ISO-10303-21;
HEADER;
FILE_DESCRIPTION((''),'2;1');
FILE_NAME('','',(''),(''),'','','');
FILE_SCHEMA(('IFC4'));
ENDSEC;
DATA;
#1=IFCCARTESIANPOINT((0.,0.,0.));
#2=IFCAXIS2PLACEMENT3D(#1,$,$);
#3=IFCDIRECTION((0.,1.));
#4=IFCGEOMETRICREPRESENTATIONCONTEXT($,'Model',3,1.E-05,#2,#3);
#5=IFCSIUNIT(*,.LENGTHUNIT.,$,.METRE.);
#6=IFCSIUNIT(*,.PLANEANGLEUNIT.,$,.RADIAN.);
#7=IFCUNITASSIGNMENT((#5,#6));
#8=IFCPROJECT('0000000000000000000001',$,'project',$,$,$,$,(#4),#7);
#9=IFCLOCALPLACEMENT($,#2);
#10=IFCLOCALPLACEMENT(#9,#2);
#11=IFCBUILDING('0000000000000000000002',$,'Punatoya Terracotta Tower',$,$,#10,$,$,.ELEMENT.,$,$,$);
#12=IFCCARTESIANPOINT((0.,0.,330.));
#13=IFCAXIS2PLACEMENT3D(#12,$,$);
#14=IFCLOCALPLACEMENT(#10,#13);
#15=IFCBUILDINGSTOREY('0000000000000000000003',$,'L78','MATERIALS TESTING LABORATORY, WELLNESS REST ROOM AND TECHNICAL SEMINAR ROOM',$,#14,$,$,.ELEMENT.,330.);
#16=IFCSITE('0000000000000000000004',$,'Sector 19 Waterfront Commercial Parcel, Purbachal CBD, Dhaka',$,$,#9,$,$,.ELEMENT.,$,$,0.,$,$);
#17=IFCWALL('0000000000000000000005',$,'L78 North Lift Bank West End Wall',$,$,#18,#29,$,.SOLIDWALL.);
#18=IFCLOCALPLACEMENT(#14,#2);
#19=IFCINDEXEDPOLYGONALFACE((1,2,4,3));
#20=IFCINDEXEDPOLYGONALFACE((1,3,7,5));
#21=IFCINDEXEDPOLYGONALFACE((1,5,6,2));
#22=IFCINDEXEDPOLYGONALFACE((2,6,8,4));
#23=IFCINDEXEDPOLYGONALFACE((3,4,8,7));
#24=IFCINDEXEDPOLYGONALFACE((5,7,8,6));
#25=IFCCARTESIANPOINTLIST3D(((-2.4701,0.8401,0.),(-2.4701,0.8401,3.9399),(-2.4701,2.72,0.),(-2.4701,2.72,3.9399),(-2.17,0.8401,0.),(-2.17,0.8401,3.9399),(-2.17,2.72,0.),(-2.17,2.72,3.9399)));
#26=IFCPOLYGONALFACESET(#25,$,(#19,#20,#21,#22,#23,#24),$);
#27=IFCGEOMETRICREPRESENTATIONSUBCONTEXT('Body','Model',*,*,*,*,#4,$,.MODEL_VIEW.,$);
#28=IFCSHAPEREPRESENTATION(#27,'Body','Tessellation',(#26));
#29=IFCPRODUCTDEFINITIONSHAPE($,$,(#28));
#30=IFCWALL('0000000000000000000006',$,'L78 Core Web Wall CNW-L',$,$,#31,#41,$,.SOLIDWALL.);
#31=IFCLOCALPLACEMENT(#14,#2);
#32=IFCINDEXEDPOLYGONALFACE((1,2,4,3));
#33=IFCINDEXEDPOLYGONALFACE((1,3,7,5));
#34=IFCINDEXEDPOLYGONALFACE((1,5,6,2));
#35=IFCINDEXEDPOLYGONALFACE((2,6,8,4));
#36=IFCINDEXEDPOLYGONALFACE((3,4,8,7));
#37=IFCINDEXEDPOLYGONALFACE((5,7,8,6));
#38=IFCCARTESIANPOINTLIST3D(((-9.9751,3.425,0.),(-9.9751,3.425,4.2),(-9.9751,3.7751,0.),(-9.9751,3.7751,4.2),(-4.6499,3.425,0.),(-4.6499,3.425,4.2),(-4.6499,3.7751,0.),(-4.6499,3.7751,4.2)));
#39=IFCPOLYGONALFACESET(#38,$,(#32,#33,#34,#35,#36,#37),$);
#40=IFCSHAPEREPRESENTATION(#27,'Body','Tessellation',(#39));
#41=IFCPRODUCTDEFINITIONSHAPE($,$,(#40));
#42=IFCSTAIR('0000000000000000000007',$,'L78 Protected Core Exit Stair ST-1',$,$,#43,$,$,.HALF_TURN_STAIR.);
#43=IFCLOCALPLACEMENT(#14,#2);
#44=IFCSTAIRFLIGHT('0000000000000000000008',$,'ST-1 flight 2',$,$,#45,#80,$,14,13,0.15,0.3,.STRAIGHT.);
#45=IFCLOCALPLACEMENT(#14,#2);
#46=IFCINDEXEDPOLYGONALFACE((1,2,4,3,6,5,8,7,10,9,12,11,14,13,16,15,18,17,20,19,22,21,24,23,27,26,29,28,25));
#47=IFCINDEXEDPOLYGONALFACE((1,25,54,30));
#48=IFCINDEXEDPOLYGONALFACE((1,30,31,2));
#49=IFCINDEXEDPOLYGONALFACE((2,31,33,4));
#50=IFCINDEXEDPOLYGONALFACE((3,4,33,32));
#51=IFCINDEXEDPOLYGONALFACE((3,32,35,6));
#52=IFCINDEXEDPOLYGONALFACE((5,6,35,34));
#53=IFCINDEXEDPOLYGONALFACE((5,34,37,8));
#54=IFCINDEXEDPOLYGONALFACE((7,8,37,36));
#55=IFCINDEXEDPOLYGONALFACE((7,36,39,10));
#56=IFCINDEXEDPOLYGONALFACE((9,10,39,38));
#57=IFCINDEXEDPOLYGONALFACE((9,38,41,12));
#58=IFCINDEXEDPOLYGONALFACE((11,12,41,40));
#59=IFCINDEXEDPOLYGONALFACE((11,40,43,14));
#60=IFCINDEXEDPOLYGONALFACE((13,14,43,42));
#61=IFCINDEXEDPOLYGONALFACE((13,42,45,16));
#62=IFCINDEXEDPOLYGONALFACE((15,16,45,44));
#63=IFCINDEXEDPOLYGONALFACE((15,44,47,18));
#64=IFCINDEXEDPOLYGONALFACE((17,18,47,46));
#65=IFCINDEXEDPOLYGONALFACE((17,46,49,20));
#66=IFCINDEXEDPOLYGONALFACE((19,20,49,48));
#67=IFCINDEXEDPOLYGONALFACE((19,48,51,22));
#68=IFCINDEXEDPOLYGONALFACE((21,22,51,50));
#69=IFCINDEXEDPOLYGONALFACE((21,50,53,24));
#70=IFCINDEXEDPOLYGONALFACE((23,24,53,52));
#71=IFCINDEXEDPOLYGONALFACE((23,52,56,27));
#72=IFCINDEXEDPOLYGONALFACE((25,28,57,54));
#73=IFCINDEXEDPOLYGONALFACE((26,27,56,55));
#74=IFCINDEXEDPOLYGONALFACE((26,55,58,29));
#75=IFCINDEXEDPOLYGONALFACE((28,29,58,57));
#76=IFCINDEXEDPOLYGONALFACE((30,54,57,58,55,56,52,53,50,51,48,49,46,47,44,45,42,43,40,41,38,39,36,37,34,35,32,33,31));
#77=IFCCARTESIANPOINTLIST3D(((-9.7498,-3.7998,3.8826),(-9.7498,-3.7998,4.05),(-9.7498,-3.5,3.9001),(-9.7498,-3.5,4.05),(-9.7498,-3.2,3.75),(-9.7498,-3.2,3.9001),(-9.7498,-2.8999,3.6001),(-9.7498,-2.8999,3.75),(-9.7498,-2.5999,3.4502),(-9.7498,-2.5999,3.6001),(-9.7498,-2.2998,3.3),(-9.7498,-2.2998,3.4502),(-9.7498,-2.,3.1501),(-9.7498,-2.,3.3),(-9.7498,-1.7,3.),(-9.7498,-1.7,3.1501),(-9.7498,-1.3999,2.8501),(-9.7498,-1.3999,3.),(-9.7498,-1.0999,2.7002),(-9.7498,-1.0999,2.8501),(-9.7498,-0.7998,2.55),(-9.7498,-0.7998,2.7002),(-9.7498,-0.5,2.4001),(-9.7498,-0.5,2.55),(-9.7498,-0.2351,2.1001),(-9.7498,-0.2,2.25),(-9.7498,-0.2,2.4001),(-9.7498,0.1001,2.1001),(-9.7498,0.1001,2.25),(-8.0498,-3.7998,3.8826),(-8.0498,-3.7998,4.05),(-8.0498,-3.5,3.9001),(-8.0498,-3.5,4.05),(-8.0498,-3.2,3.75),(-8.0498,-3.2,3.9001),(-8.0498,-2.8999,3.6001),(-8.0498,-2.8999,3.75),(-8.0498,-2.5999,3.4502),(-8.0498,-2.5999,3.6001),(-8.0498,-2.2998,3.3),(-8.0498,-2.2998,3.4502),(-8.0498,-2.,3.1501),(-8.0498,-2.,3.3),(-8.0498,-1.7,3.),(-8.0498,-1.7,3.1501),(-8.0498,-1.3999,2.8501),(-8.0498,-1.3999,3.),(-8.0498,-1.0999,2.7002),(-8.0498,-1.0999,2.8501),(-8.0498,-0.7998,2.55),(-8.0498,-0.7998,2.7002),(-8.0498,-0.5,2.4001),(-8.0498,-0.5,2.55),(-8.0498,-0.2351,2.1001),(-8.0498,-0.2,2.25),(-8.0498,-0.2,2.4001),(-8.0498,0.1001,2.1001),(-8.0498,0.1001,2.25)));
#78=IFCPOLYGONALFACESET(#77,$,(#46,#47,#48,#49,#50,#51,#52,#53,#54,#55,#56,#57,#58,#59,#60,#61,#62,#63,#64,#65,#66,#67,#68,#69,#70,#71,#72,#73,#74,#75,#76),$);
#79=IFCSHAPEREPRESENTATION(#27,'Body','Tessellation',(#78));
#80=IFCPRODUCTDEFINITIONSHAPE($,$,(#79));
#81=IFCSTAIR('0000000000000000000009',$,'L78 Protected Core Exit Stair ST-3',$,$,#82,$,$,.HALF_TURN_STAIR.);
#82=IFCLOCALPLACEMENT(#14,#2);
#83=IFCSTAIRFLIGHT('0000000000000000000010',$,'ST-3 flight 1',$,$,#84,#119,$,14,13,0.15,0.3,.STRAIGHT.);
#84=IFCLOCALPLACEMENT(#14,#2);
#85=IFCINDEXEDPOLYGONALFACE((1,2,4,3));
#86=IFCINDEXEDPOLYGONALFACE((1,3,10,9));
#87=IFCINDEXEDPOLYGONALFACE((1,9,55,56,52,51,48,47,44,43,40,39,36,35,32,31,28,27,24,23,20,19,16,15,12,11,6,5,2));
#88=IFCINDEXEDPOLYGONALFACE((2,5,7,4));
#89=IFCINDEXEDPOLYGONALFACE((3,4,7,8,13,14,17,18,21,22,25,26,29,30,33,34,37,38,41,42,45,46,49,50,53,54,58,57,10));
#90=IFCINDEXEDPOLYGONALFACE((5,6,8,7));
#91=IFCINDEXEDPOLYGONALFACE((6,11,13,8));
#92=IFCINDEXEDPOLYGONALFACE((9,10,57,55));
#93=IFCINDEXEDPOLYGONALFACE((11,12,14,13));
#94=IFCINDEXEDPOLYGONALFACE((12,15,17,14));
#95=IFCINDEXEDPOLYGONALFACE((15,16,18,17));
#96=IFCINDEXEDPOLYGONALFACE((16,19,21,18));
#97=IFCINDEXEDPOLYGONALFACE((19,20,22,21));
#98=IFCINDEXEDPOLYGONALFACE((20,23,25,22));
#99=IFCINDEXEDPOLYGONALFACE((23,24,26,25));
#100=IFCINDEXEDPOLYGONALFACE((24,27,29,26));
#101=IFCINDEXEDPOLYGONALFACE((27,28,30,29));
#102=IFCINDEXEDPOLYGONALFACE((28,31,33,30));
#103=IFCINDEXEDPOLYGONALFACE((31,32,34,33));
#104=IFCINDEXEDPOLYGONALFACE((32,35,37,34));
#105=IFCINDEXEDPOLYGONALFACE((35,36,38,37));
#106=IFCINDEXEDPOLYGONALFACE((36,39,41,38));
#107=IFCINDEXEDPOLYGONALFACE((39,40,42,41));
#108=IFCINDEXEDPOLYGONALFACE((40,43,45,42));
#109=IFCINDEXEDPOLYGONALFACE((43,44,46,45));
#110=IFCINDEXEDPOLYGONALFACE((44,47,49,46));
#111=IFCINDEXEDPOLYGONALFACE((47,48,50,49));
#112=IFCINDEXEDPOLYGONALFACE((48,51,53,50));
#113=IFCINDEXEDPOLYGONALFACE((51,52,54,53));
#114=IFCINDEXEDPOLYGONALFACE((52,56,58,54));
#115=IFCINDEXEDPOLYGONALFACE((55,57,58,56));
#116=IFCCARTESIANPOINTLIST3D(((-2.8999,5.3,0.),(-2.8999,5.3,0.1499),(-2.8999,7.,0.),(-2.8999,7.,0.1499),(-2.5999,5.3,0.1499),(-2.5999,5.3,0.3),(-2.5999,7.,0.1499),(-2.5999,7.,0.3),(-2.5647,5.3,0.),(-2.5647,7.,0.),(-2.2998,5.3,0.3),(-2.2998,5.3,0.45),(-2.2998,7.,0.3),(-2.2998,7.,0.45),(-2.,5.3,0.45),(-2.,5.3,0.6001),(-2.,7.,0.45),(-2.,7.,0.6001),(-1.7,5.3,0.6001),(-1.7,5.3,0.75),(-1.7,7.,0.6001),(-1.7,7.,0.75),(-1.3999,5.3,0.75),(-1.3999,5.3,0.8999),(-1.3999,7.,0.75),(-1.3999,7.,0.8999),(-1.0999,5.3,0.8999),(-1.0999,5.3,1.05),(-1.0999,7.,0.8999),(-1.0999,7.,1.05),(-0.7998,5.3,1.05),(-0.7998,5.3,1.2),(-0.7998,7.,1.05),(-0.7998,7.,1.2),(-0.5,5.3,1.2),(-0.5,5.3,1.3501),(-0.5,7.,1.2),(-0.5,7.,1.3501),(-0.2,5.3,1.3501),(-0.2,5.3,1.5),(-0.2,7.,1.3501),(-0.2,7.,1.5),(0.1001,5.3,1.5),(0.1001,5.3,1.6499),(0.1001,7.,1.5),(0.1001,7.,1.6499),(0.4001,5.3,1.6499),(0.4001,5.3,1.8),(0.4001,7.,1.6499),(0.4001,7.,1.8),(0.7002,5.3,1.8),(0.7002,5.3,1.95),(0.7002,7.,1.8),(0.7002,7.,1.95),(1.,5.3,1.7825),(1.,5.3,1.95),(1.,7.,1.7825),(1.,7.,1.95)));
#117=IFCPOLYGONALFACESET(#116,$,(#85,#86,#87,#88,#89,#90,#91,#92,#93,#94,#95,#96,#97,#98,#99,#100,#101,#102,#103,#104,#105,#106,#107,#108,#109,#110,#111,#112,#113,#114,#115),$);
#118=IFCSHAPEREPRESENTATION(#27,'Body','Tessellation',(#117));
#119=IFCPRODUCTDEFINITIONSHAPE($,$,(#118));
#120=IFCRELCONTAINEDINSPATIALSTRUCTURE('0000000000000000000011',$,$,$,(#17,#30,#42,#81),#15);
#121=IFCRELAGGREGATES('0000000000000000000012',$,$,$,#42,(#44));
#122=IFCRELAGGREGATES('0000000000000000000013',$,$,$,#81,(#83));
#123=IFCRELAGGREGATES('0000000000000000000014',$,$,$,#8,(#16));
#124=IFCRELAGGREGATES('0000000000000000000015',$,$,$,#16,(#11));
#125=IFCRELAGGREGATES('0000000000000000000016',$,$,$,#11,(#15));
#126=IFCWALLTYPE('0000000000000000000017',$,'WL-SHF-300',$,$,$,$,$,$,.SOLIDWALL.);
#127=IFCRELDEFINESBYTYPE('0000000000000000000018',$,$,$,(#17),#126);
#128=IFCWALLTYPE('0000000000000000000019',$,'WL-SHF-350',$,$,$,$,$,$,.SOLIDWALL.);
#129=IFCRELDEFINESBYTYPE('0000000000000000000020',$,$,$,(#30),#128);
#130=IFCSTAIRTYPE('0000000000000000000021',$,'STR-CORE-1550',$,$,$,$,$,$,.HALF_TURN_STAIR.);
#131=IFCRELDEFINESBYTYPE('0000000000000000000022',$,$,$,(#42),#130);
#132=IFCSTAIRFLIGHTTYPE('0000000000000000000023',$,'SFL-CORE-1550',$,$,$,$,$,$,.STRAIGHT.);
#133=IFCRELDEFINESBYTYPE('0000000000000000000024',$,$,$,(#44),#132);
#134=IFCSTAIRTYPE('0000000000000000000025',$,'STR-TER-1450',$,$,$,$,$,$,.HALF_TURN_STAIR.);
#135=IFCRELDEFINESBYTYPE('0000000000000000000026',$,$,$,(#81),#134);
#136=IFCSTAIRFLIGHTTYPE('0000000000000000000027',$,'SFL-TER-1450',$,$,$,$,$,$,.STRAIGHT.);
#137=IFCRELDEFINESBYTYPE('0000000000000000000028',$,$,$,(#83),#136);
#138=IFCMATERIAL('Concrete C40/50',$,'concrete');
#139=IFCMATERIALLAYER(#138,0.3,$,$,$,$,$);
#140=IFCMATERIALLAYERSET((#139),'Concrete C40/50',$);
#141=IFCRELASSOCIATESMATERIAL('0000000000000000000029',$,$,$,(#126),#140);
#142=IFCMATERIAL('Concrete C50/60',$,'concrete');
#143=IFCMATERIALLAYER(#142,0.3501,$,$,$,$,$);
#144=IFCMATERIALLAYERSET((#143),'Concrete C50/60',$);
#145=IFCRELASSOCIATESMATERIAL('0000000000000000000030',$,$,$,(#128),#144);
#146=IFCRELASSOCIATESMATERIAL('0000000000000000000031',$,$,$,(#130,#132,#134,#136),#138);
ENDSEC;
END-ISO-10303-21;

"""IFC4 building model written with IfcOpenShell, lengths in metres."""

from ifc_helpers import new_model, si_unit, direction, frame, frame_2d, origin, place, context, subcontext, project, spatial, polyline, rectangle, outline, extrude, material, layer, layer_set, type_object, element, aggregate, save


model = new_model("IFC4")

# Units and contexts
model_context = context("Model", 3, precision=1e-05, world=origin(), true_north=direction((0.0, 1.0)))
body_context = subcontext(model_context, "Body", "Model", "MODEL_VIEW")
ifc_project = project(units=[si_unit("LENGTHUNIT", "METRE"), si_unit("PLANEANGLEUNIT", "RADIAN")], contexts=[model_context])

# Site, building, storey
site_placement = place(None, origin())
site = spatial("IfcSite", under=ifc_project, at=site_placement, Name="Sector 19 Waterfront Commercial Parcel, Purbachal CBD, Dhaka", CompositionType="ELEMENT", RefElevation=0.0)
building_placement = place(site_placement, origin())
building = spatial("IfcBuilding", under=site, at=building_placement, Name="Punatoya Terracotta Tower", CompositionType="ELEMENT")
storey_placement = place(building_placement, frame((0.0, 0.0, 330.0)))
storey = spatial("IfcBuildingStorey", under=building, at=storey_placement, Name="L78", Description="MATERIALS TESTING LABORATORY, WELLNESS REST ROOM AND TECHNICAL SEMINAR ROOM", CompositionType="ELEMENT", Elevation=330.0)

# Shared definitions
ifc_material_1 = material(Name="Concrete C50/60", Category="concrete")

# Shared definitions
ifc_material_2 = material(Name="Concrete C40/50", Category="concrete")

# Shared definitions
ifc_layer_1 = layer(ifc_material_2, 0.3)
ifc_layer_set_1 = layer_set([ifc_layer_1], Name="Concrete C40/50")
wall_type_1 = type_object("IfcWallType", Name="WL-SHF-300", PredefinedType="SOLIDWALL", material=ifc_layer_set_1)

# Walls
wall_1_placement = place(storey_placement, frame((-2.3201, 0.8401, 0.0), z_axis=(0.0, 0.0, 1.0), x_axis=(0.0, 1.0, 0.0)))
element("IfcWall", 1, at=wall_1_placement, inside=storey, type_object=wall_type_1, Name="L78 North Lift Bank West End Wall", PredefinedType="SOLIDWALL", context=body_context, shape_type="SweptSolid", body=[
    extrude(rectangle(XDim=1.8799, YDim=0.3, at=frame_2d((0.9399, 0.0))), origin(), (0.0, 0.0, 1.0), 3.9399),
])
ifc_layer_2 = layer(ifc_material_1, 0.3501)
ifc_layer_set_2 = layer_set([ifc_layer_2], Name="Concrete C50/60")
wall_type_2 = type_object("IfcWallType", Name="WL-SHF-350", PredefinedType="SOLIDWALL", material=ifc_layer_set_2)
wall_2_placement = place(storey_placement, frame((-9.9751, 3.6001, 0.0), z_axis=(0.0, 0.0, 1.0), x_axis=(1.0, 0.0, 0.0)))
element("IfcWall", 2, at=wall_2_placement, inside=storey, type_object=wall_type_2, Name="L78 Core Web Wall CNW-L", PredefinedType="SOLIDWALL", context=body_context, shape_type="SweptSolid", body=[
    extrude(rectangle(XDim=5.3252, YDim=0.3501, at=frame_2d((2.6626, 0.0))), origin(), (0.0, 0.0, 1.0), 4.2),
])

# Stairs, stair flights
stair_type_1 = type_object("IfcStairType", Name="STR-CORE-1550", PredefinedType="HALF_TURN_STAIR", material=ifc_material_2)
stair_1_placement = place(storey_placement, origin())
stair_1 = element("IfcStair", 3, at=stair_1_placement, inside=storey, type_object=stair_type_1, Name="L78 Protected Core Exit Stair ST-1", PredefinedType="HALF_TURN_STAIR")
stair_flight_type_1 = type_object("IfcStairFlightType", Name="SFL-CORE-1550", PredefinedType="STRAIGHT", material=ifc_material_2)
stair_flight_1_placement = place(storey_placement, frame((-8.8999, 0.1001, 2.1001), z_axis=(0.0, 0.0, 1.0), x_axis=(0.0, -1.0, 0.0)))
stair_flight_1 = element("IfcStairFlight", 4, at=stair_flight_1_placement, type_object=stair_flight_type_1, Name="ST-1 flight 2", NumberOfRisers=14, NumberOfTreads=13, PredefinedType="STRAIGHT", RiserHeight=0.15, TreadLength=0.3, context=body_context, shape_type="SweptSolid", body=[
    extrude(outline(polyline([(0.0, 0.0), (0.0, 0.1499), (0.3, 0.1499), (0.3, 0.3), (0.6001, 0.3), (0.6001, 0.45), (0.8999, 0.45), (0.8999, 0.6001), (1.2, 0.6001), (1.2, 0.75), (1.5, 0.75), (1.5, 0.8999), (1.8, 0.8999), (1.8, 1.05), (2.1001, 1.05), (2.1001, 1.2), (2.3999, 1.2), (2.3999, 1.3501), (2.7, 1.3501), (2.7, 1.5), (3.0, 1.5), (3.0, 1.6499), (3.3, 1.6499), (3.3, 1.8), (3.6001, 1.8), (3.6001, 1.95), (3.8999, 1.95), (3.8999, 2.1001), (3.8999, 1.7825), (0.3352, 0.0), (0.0, 0.0)])), frame((0.0, 0.8501, 0.0), z_axis=(0.0, -1.0, 0.0), x_axis=(1.0, 0.0, 0.0)), (0.0, 0.0, 1.0), 1.7),
])
aggregate(stair_1, [stair_flight_1])
stair_type_2 = type_object("IfcStairType", Name="STR-TER-1450", PredefinedType="HALF_TURN_STAIR", material=ifc_material_2)
stair_2_placement = place(storey_placement, origin())
stair_2 = element("IfcStair", 5, at=stair_2_placement, inside=storey, type_object=stair_type_2, Name="L78 Protected Core Exit Stair ST-3", PredefinedType="HALF_TURN_STAIR")
stair_flight_type_2 = type_object("IfcStairFlightType", Name="SFL-TER-1450", PredefinedType="STRAIGHT", material=ifc_material_2)
stair_flight_2_placement = place(storey_placement, frame((-2.8999, 6.1499, 0.0), z_axis=(0.0, 0.0, 1.0), x_axis=(1.0, 0.0, 0.0)))
stair_flight_2 = element("IfcStairFlight", 6, at=stair_flight_2_placement, type_object=stair_flight_type_2, Name="ST-3 flight 1", NumberOfRisers=14, NumberOfTreads=13, PredefinedType="STRAIGHT", RiserHeight=0.15, TreadLength=0.3, context=body_context, shape_type="SweptSolid", body=[
    extrude(outline(polyline([(0.0, 0.0), (0.0, 0.1499), (0.3, 0.1499), (0.3, 0.3), (0.6001, 0.3), (0.6001, 0.45), (0.8999, 0.45), (0.8999, 0.6001), (1.2, 0.6001), (1.2, 0.75), (1.5, 0.75), (1.5, 0.8999), (1.8, 0.8999), (1.8, 1.05), (2.1001, 1.05), (2.1001, 1.2), (2.3999, 1.2), (2.3999, 1.3501), (2.7, 1.3501), (2.7, 1.5), (3.0, 1.5), (3.0, 1.6499), (3.3, 1.6499), (3.3, 1.8), (3.6001, 1.8), (3.6001, 1.95), (3.8999, 1.95), (3.8999, 2.1001), (3.8999, 1.7825), (0.3352, 0.0), (0.0, 0.0)])), frame((0.0, 0.8501, 0.0), z_axis=(0.0, -1.0, 0.0), x_axis=(1.0, 0.0, 0.0)), (0.0, 0.0, 1.0), 1.7),
])
aggregate(stair_2, [stair_flight_2])

save(model, "model.ifc")
